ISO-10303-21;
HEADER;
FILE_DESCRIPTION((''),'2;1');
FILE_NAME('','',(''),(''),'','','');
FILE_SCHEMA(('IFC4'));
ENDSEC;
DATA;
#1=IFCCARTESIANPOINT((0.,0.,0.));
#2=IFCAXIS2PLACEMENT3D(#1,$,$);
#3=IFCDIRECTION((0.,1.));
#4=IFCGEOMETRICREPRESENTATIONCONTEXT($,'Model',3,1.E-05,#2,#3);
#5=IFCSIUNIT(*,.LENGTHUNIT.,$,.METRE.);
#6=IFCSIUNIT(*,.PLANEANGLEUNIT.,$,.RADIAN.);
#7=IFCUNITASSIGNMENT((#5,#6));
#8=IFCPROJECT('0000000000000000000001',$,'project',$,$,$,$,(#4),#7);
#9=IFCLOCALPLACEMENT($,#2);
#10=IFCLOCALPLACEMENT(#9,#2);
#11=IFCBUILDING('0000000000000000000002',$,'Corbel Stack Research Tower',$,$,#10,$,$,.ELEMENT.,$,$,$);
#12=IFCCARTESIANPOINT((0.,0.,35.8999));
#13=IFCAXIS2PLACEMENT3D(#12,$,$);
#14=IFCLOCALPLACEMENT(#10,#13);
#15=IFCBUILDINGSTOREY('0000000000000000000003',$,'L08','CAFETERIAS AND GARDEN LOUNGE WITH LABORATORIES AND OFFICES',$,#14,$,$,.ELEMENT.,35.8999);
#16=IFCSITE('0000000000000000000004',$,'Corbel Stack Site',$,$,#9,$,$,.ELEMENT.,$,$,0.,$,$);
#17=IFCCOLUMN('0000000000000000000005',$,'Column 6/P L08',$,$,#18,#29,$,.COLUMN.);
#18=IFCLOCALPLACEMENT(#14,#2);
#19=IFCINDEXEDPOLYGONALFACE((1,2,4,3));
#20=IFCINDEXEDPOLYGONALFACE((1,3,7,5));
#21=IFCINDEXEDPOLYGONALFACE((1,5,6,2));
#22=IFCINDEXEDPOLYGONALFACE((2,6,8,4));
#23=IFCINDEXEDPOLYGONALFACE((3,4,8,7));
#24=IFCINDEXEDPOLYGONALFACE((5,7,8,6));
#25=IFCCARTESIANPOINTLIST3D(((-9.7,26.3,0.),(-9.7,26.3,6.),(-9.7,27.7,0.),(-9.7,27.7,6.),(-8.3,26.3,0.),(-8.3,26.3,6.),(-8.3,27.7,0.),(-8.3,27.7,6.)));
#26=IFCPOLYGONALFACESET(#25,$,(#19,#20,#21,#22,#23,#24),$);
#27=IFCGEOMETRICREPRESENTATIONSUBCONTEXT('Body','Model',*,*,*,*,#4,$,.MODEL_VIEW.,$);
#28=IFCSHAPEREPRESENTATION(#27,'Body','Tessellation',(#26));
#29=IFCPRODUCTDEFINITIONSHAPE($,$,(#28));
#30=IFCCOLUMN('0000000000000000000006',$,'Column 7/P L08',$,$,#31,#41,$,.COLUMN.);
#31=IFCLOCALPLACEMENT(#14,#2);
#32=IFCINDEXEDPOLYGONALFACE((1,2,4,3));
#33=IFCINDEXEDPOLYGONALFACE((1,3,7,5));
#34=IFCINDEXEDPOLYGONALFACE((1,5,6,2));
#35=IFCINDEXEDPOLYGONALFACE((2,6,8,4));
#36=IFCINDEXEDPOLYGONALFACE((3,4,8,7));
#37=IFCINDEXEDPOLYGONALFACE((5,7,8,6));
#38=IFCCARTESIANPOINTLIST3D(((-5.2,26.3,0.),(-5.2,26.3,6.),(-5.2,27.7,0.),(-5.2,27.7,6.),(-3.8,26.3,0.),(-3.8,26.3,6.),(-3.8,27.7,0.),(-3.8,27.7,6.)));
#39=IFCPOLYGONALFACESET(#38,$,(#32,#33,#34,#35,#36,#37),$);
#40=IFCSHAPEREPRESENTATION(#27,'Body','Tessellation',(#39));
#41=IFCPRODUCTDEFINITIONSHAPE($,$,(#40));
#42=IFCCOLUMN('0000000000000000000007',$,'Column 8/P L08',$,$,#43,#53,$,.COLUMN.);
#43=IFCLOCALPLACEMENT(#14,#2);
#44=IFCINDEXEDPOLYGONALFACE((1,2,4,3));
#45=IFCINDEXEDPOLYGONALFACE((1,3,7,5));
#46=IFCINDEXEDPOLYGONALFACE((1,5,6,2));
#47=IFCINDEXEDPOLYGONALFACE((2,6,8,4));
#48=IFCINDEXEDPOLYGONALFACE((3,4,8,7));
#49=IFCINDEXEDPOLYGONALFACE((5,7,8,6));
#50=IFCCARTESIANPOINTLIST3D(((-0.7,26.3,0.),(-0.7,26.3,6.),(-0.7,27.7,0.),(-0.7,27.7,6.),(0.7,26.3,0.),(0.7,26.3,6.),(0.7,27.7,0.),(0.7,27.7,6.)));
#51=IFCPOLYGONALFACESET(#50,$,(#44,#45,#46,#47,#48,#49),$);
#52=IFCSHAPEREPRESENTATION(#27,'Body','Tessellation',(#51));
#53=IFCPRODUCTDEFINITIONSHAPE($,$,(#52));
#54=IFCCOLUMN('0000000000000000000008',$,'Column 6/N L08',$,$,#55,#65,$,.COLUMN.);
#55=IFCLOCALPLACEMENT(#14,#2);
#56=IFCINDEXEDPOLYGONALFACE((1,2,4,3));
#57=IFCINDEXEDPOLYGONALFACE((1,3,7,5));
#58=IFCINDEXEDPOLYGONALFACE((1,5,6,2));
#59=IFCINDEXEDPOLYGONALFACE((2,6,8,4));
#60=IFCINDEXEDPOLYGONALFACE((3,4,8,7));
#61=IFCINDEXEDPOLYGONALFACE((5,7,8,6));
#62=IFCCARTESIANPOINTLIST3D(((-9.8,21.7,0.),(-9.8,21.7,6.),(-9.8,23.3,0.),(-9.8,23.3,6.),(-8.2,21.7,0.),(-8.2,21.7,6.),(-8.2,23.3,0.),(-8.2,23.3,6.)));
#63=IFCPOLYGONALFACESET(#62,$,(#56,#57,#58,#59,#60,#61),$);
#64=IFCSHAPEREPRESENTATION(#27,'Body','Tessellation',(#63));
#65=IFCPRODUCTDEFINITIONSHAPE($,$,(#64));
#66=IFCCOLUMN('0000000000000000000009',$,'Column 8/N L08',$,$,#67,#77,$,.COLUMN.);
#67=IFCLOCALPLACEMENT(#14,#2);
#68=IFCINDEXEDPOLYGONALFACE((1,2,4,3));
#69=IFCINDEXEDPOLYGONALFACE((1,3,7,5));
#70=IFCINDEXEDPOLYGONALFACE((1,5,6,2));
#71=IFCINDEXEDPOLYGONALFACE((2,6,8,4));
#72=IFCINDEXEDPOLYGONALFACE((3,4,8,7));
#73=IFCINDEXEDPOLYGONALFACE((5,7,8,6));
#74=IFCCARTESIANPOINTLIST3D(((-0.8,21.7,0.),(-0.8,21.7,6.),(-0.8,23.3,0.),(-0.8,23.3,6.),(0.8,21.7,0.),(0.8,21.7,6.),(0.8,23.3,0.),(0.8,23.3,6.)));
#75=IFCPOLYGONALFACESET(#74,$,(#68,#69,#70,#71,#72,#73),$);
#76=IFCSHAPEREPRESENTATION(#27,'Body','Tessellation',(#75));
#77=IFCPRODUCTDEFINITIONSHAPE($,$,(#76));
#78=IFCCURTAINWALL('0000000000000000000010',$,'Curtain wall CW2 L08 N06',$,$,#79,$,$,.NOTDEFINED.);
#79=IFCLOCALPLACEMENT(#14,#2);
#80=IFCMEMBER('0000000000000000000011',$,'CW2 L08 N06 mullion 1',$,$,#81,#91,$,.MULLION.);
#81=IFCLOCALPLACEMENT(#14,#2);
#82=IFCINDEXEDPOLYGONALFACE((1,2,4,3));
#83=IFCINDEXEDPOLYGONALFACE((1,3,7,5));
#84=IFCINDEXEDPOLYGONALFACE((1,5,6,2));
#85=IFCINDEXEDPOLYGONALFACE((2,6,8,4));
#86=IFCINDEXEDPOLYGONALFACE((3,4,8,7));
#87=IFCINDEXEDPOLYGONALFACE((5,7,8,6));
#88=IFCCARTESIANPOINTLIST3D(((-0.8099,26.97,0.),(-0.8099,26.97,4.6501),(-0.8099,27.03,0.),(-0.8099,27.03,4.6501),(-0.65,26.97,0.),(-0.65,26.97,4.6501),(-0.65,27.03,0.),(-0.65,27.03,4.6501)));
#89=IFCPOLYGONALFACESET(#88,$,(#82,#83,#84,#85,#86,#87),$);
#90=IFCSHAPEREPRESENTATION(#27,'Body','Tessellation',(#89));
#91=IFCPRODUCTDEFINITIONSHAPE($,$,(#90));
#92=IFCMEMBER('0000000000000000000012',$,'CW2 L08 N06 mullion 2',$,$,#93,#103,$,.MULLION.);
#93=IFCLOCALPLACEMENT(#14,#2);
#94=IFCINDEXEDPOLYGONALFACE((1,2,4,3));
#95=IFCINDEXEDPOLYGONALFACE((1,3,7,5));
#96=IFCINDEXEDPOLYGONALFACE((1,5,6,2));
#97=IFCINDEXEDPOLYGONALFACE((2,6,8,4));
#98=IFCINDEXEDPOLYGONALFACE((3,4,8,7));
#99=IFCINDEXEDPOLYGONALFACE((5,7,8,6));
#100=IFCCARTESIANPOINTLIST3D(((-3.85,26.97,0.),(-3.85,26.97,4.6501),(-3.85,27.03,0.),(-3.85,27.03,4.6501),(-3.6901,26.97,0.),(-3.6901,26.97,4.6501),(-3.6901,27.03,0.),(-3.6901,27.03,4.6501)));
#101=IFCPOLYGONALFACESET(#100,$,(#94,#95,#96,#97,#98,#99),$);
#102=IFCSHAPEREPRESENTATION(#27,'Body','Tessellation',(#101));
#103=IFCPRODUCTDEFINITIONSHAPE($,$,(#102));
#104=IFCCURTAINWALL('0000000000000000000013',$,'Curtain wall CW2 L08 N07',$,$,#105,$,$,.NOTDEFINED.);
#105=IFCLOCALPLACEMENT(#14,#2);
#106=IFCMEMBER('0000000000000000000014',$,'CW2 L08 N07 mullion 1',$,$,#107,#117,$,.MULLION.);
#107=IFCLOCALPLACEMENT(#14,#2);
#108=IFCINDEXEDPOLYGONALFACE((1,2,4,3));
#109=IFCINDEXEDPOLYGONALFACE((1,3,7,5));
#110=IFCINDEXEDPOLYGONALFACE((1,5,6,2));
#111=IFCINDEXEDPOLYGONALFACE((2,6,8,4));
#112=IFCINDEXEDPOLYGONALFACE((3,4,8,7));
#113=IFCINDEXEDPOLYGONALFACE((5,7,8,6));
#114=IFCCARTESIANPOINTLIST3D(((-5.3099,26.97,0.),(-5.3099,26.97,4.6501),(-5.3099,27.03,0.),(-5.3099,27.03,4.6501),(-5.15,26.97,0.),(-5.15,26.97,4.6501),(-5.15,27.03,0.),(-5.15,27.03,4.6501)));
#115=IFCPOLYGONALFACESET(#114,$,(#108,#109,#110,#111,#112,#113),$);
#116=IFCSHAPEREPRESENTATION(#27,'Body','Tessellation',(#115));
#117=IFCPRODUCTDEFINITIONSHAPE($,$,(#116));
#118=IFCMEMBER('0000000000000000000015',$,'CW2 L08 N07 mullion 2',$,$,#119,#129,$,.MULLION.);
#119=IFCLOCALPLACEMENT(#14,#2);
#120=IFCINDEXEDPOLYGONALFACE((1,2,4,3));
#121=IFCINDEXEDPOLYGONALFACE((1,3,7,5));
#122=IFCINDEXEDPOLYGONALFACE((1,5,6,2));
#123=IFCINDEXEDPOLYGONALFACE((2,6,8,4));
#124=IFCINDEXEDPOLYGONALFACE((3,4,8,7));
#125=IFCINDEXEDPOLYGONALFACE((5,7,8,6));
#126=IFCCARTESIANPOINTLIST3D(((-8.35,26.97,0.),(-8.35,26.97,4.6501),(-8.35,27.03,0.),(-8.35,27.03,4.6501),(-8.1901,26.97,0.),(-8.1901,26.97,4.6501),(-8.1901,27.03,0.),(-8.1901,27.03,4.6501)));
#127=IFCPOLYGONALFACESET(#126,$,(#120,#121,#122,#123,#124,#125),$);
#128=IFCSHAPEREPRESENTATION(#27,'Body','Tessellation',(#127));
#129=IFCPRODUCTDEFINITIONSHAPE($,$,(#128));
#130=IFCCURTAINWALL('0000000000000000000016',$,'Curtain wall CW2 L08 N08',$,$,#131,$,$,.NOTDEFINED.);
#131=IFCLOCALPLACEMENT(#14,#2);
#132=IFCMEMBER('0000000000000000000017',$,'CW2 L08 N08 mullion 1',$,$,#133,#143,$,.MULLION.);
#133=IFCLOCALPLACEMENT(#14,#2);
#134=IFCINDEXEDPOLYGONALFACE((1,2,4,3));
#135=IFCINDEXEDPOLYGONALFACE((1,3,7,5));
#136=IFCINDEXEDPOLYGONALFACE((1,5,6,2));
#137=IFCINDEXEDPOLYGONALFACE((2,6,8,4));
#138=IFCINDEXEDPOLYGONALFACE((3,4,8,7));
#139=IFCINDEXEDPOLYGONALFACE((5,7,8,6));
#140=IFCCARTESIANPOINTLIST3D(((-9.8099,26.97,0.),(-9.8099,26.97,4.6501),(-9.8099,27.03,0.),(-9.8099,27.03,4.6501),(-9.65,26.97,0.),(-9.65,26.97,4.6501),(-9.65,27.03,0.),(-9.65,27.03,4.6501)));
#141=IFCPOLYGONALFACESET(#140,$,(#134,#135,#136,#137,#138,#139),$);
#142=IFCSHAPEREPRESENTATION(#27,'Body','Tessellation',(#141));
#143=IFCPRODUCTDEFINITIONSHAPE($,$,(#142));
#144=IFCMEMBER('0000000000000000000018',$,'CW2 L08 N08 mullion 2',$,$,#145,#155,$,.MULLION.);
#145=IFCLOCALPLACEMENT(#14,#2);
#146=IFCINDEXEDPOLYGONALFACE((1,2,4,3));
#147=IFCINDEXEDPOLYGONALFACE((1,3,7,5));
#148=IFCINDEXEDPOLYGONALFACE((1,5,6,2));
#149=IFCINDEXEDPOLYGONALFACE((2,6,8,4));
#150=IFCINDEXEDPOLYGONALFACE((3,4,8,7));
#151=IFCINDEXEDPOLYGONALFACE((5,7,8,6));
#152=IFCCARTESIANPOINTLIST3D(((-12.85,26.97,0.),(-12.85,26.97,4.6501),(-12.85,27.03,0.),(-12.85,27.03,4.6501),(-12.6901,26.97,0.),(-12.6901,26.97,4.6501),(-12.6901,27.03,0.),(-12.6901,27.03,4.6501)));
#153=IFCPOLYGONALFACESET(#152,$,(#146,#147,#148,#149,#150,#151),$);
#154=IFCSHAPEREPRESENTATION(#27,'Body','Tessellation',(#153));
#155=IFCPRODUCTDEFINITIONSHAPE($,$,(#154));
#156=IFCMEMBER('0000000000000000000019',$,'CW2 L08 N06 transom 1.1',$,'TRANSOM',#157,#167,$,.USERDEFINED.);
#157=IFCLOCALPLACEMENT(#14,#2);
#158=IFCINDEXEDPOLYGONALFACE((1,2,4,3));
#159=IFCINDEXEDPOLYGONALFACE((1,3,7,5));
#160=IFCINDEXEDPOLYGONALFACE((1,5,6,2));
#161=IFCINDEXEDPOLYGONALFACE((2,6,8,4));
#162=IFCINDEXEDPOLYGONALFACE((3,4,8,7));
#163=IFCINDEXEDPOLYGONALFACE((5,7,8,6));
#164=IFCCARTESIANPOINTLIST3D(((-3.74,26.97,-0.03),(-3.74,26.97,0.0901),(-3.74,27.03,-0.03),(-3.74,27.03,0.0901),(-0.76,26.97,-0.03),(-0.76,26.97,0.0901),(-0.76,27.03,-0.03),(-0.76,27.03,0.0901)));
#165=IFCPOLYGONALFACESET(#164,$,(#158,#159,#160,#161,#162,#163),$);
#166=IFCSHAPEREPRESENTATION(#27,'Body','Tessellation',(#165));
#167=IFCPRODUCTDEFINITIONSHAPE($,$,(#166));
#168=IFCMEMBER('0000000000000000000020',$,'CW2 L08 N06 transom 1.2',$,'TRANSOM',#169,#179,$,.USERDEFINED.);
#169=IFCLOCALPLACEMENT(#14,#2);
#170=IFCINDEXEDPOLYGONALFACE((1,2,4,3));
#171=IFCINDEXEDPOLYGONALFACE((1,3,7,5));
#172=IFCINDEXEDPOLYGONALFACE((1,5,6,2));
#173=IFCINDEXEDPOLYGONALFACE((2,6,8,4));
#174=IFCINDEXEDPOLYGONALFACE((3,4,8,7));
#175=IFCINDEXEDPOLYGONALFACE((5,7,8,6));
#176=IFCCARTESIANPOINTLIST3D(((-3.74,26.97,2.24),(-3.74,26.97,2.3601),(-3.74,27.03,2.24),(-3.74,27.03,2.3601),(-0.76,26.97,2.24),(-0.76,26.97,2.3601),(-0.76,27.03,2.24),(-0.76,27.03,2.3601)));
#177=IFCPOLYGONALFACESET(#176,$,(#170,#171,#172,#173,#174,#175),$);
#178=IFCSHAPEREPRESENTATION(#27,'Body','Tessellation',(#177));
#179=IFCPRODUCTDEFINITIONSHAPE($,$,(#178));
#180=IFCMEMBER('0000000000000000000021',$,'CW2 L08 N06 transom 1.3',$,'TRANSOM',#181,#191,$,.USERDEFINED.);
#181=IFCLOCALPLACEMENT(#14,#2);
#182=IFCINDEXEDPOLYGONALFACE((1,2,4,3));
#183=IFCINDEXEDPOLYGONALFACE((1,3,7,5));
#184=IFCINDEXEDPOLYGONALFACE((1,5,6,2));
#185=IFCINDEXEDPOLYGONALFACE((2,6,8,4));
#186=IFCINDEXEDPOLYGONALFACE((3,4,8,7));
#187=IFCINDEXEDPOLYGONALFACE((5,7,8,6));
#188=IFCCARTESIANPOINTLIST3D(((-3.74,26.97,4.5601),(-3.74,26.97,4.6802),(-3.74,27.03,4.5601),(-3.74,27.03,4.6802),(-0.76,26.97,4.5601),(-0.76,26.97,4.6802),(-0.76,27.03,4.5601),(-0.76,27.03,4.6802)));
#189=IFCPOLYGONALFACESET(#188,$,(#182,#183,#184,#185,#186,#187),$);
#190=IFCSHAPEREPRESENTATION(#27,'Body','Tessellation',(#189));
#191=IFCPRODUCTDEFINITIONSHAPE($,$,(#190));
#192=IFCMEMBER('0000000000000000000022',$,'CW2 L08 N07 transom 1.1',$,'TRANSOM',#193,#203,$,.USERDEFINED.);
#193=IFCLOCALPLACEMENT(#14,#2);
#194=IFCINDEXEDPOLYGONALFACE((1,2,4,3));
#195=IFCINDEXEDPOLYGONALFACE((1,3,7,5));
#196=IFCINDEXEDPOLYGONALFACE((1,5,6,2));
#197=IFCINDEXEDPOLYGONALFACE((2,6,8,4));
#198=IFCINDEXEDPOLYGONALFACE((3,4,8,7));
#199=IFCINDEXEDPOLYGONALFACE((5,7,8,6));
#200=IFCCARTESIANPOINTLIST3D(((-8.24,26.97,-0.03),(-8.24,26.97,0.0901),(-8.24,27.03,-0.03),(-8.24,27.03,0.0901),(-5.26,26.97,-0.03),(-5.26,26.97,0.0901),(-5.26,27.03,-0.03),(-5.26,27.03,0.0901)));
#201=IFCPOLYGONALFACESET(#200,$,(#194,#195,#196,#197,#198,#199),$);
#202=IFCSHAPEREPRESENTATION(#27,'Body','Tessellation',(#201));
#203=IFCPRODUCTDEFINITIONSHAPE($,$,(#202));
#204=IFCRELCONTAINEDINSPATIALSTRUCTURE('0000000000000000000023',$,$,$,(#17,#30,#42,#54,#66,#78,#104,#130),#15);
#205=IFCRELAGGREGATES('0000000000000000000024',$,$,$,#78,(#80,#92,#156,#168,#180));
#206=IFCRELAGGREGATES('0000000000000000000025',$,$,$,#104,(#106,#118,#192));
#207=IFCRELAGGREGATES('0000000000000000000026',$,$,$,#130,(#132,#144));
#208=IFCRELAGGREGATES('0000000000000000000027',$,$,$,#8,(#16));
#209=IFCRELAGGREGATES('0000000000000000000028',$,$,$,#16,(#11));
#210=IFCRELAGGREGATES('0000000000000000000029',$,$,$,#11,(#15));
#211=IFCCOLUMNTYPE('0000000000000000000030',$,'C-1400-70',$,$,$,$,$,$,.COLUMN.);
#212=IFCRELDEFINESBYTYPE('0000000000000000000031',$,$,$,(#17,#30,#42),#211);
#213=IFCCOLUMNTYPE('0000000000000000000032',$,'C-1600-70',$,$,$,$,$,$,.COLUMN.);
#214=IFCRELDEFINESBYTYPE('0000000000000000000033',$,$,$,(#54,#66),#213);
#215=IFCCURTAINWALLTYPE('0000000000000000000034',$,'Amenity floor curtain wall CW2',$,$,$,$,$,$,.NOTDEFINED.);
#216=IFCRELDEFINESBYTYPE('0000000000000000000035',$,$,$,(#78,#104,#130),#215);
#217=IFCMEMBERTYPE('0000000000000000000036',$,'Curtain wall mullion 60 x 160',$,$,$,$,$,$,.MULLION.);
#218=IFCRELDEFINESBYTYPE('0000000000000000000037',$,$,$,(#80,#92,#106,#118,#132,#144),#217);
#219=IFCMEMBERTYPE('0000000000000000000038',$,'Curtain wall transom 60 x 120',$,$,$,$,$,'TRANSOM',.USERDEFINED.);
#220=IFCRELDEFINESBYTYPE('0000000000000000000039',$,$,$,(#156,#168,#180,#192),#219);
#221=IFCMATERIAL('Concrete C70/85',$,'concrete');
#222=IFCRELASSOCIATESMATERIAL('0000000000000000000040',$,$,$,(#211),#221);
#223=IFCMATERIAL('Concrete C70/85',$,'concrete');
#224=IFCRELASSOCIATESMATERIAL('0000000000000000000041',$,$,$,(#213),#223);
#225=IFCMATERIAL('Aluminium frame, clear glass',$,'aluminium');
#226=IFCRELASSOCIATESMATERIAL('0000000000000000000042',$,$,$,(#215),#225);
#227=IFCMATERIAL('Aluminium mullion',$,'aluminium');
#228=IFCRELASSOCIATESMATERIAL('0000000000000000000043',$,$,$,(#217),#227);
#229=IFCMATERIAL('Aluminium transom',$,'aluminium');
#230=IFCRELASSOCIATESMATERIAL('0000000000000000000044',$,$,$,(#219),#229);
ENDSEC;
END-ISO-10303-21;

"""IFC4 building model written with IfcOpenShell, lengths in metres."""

from ifc_helpers import new_model, si_unit, direction, frame, origin, origin_2d, place, context, subcontext, project, spatial, rectangle, extrude, material, material_profile, profile_set, type_object, element, aggregate, save


model = new_model("IFC4")

# Units and contexts
model_context = context("Model", 3, precision=1e-05, world=origin(), true_north=direction((0.0, 1.0)))
body_context = subcontext(model_context, "Body", "Model", "MODEL_VIEW")
ifc_project = project(units=[si_unit("LENGTHUNIT", "METRE"), si_unit("PLANEANGLEUNIT", "RADIAN")], contexts=[model_context])

# Site, building, storey
site_placement = place(None, origin())
site = spatial("IfcSite", under=ifc_project, at=site_placement, Name="Corbel Stack Site", CompositionType="ELEMENT", RefElevation=0.0)
building_placement = place(site_placement, origin())
building = spatial("IfcBuilding", under=site, at=building_placement, Name="Corbel Stack Research Tower", CompositionType="ELEMENT")
storey_placement = place(building_placement, frame((0.0, 0.0, 35.8999)))
storey = spatial("IfcBuildingStorey", under=building, at=storey_placement, Name="L08", Description="CAFETERIAS AND GARDEN LOUNGE WITH LABORATORIES AND OFFICES", CompositionType="ELEMENT", Elevation=35.8999)

# Columns
ifc_material_1 = material(Name="Concrete C70/85", Category="concrete")
ifc_material_profile_1 = material_profile(ifc_material_1, rectangle(XDim=1.3999, YDim=1.3999, at=origin_2d()), Name="RC 1400 x 1400")
ifc_profile_set_1 = profile_set([ifc_material_profile_1], Name="Concrete C70/85")
column_type_1 = type_object("IfcColumnType", Name="C-1400-70", PredefinedType="COLUMN", material=ifc_profile_set_1)
for number, where, z_axis, x_axis, name in (
    (1, (-9.0, 27.0, 0.0), (0.0, 0.0, 1.0), (1.0, 0.0, 0.0), "Column 6/P L08"),
    (2, (-4.5, 27.0, 0.0), (0.0, 0.0, 1.0), (1.0, 0.0, 0.0), "Column 7/P L08"),
    (3, (0.0, 27.0, 0.0), (0.0, 0.0, 1.0), (1.0, 0.0, 0.0), "Column 8/P L08"),
):
    element("IfcColumn", number, at=place(storey_placement, frame(where, z_axis=z_axis, x_axis=x_axis)), inside=storey, type_object=column_type_1, Name=name, PredefinedType="COLUMN", context=body_context, shape_type="SweptSolid", body=[
        extrude(rectangle(XDim=1.3999, YDim=1.3999, at=origin_2d()), origin(), (0.0, 0.0, 1.0), 6.0),
    ])
ifc_material_2 = material(Name="Concrete C70/85", Category="concrete")
ifc_material_profile_2 = material_profile(ifc_material_2, rectangle(XDim=1.6001, YDim=1.6001, at=origin_2d()), Name="RC 1600 x 1600")
ifc_profile_set_2 = profile_set([ifc_material_profile_2], Name="Concrete C70/85")
column_type_2 = type_object("IfcColumnType", Name="C-1600-70", PredefinedType="COLUMN", material=ifc_profile_set_2)
for number, where, z_axis, x_axis, name in (
    (4, (-9.0, 22.5, 0.0), (0.0, 0.0, 1.0), (1.0, 0.0, 0.0), "Column 6/N L08"),
    (5, (0.0, 22.5, 0.0), (0.0, 0.0, 1.0), (1.0, 0.0, 0.0), "Column 8/N L08"),
):
    element("IfcColumn", number, at=place(storey_placement, frame(where, z_axis=z_axis, x_axis=x_axis)), inside=storey, type_object=column_type_2, Name=name, PredefinedType="COLUMN", context=body_context, shape_type="SweptSolid", body=[
        extrude(rectangle(XDim=1.6001, YDim=1.6001, at=origin_2d()), origin(), (0.0, 0.0, 1.0), 6.0),
    ])

# Curtain walls, members
ifc_material_3 = material(Name="Aluminium frame, clear glass", Category="aluminium")
curtain_wall_type = type_object("IfcCurtainWallType", Name="Amenity floor curtain wall CW2", PredefinedType="NOTDEFINED", material=ifc_material_3)
curtain_wall_1_placement = place(storey_placement, origin())
curtain_wall_1 = element("IfcCurtainWall", 6, at=curtain_wall_1_placement, inside=storey, type_object=curtain_wall_type, Name="Curtain wall CW2 L08 N06", PredefinedType="NOTDEFINED")
ifc_material_4 = material(Name="Aluminium mullion", Category="aluminium")
ifc_material_profile_3 = material_profile(ifc_material_4, rectangle(XDim=0.0601, YDim=0.1599, at=origin_2d()), Name="Mullion 60 x 160")
ifc_profile_set_3 = profile_set([ifc_material_profile_3], Name="Aluminium mullion")
member_type_1 = type_object("IfcMemberType", Name="Curtain wall mullion 60 x 160", PredefinedType="MULLION", material=ifc_profile_set_3)
member_1_placement = place(storey_placement, frame((-0.73, 27.0, 0.0), z_axis=(0.0, 0.0, 1.0), x_axis=(0.0, -1.0, 0.0)))
member_1 = element("IfcMember", 7, at=member_1_placement, type_object=member_type_1, Name="CW2 L08 N06 mullion 1", PredefinedType="MULLION", context=body_context, shape_type="SweptSolid", body=[
    extrude(rectangle(XDim=0.0601, YDim=0.1599, at=origin_2d()), origin(), (0.0, 0.0, 1.0), 4.6501),
])
member_2_placement = place(storey_placement, frame((-3.77, 27.0, 0.0), z_axis=(0.0, 0.0, 1.0), x_axis=(0.0, -1.0, 0.0)))
member_2 = element("IfcMember", 8, at=member_2_placement, type_object=member_type_1, Name="CW2 L08 N06 mullion 2", PredefinedType="MULLION", context=body_context, shape_type="SweptSolid", body=[
    extrude(rectangle(XDim=0.0601, YDim=0.1599, at=origin_2d()), origin(), (0.0, 0.0, 1.0), 4.6501),
])
curtain_wall_2_placement = place(storey_placement, origin())
curtain_wall_2 = element("IfcCurtainWall", 9, at=curtain_wall_2_placement, inside=storey, type_object=curtain_wall_type, Name="Curtain wall CW2 L08 N07", PredefinedType="NOTDEFINED")
member_3_placement = place(storey_placement, frame((-5.23, 27.0, 0.0), z_axis=(0.0, 0.0, 1.0), x_axis=(0.0, -1.0, 0.0)))
member_3 = element("IfcMember", 10, at=member_3_placement, type_object=member_type_1, Name="CW2 L08 N07 mullion 1", PredefinedType="MULLION", context=body_context, shape_type="SweptSolid", body=[
    extrude(rectangle(XDim=0.0601, YDim=0.1599, at=origin_2d()), origin(), (0.0, 0.0, 1.0), 4.6501),
])
member_4_placement = place(storey_placement, frame((-8.27, 27.0, 0.0), z_axis=(0.0, 0.0, 1.0), x_axis=(0.0, -1.0, 0.0)))
member_4 = element("IfcMember", 11, at=member_4_placement, type_object=member_type_1, Name="CW2 L08 N07 mullion 2", PredefinedType="MULLION", context=body_context, shape_type="SweptSolid", body=[
    extrude(rectangle(XDim=0.0601, YDim=0.1599, at=origin_2d()), origin(), (0.0, 0.0, 1.0), 4.6501),
])
curtain_wall_3_placement = place(storey_placement, origin())
curtain_wall_3 = element("IfcCurtainWall", 12, at=curtain_wall_3_placement, inside=storey, type_object=curtain_wall_type, Name="Curtain wall CW2 L08 N08", PredefinedType="NOTDEFINED")
member_5_placement = place(storey_placement, frame((-9.73, 27.0, 0.0), z_axis=(0.0, 0.0, 1.0), x_axis=(0.0, -1.0, 0.0)))
member_5 = element("IfcMember", 13, at=member_5_placement, type_object=member_type_1, Name="CW2 L08 N08 mullion 1", PredefinedType="MULLION", context=body_context, shape_type="SweptSolid", body=[
    extrude(rectangle(XDim=0.0601, YDim=0.1599, at=origin_2d()), origin(), (0.0, 0.0, 1.0), 4.6501),
])
member_6_placement = place(storey_placement, frame((-12.77, 27.0, 0.0), z_axis=(0.0, 0.0, 1.0), x_axis=(0.0, -1.0, 0.0)))
member_6 = element("IfcMember", 14, at=member_6_placement, type_object=member_type_1, Name="CW2 L08 N08 mullion 2", PredefinedType="MULLION", context=body_context, shape_type="SweptSolid", body=[
    extrude(rectangle(XDim=0.0601, YDim=0.1599, at=origin_2d()), origin(), (0.0, 0.0, 1.0), 4.6501),
])

# Members
ifc_material_5 = material(Name="Aluminium transom", Category="aluminium")
ifc_material_profile_4 = material_profile(ifc_material_5, rectangle(XDim=0.0601, YDim=0.1201, at=origin_2d()), Name="Transom 60 x 120")
ifc_profile_set_4 = profile_set([ifc_material_profile_4], Name="Aluminium transom")
member_type_2 = type_object("IfcMemberType", Name="Curtain wall transom 60 x 120", ElementType="TRANSOM", PredefinedType="USERDEFINED", material=ifc_profile_set_4)
member_7_placement = place(storey_placement, frame((-0.76, 27.0, 0.03), z_axis=(-1.0, 0.0, 0.0), x_axis=(0.0, -1.0, 0.0)))
member_7 = element("IfcMember", 15, at=member_7_placement, type_object=member_type_2, Name="CW2 L08 N06 transom 1.1", ObjectType="TRANSOM", PredefinedType="USERDEFINED", context=body_context, shape_type="SweptSolid", body=[
    extrude(rectangle(XDim=0.0601, YDim=0.1201, at=origin_2d()), origin(), (0.0, 0.0, 1.0), 2.98),
])
member_8_placement = place(storey_placement, frame((-0.76, 27.0, 2.3), z_axis=(-1.0, 0.0, 0.0), x_axis=(0.0, -1.0, 0.0)))
member_8 = element("IfcMember", 16, at=member_8_placement, type_object=member_type_2, Name="CW2 L08 N06 transom 1.2", ObjectType="TRANSOM", PredefinedType="USERDEFINED", context=body_context, shape_type="SweptSolid", body=[
    extrude(rectangle(XDim=0.0601, YDim=0.1201, at=origin_2d()), origin(), (0.0, 0.0, 1.0), 2.98),
])
member_9_placement = place(storey_placement, frame((-0.76, 27.0, 4.6201), z_axis=(-1.0, 0.0, 0.0), x_axis=(0.0, -1.0, 0.0)))
member_9 = element("IfcMember", 17, at=member_9_placement, type_object=member_type_2, Name="CW2 L08 N06 transom 1.3", ObjectType="TRANSOM", PredefinedType="USERDEFINED", context=body_context, shape_type="SweptSolid", body=[
    extrude(rectangle(XDim=0.0601, YDim=0.1201, at=origin_2d()), origin(), (0.0, 0.0, 1.0), 2.98),
])
member_10_placement = place(storey_placement, frame((-5.26, 27.0, 0.03), z_axis=(-1.0, 0.0, 0.0), x_axis=(0.0, -1.0, 0.0)))
member_10 = element("IfcMember", 18, at=member_10_placement, type_object=member_type_2, Name="CW2 L08 N07 transom 1.1", ObjectType="TRANSOM", PredefinedType="USERDEFINED", context=body_context, shape_type="SweptSolid", body=[
    extrude(rectangle(XDim=0.0601, YDim=0.1201, at=origin_2d()), origin(), (0.0, 0.0, 1.0), 2.98),
])

aggregate(curtain_wall_1, [member_1, member_2, member_7, member_8, member_9])
aggregate(curtain_wall_2, [member_3, member_4, member_10])
aggregate(curtain_wall_3, [member_5, member_6])

save(model, "model.ifc")
